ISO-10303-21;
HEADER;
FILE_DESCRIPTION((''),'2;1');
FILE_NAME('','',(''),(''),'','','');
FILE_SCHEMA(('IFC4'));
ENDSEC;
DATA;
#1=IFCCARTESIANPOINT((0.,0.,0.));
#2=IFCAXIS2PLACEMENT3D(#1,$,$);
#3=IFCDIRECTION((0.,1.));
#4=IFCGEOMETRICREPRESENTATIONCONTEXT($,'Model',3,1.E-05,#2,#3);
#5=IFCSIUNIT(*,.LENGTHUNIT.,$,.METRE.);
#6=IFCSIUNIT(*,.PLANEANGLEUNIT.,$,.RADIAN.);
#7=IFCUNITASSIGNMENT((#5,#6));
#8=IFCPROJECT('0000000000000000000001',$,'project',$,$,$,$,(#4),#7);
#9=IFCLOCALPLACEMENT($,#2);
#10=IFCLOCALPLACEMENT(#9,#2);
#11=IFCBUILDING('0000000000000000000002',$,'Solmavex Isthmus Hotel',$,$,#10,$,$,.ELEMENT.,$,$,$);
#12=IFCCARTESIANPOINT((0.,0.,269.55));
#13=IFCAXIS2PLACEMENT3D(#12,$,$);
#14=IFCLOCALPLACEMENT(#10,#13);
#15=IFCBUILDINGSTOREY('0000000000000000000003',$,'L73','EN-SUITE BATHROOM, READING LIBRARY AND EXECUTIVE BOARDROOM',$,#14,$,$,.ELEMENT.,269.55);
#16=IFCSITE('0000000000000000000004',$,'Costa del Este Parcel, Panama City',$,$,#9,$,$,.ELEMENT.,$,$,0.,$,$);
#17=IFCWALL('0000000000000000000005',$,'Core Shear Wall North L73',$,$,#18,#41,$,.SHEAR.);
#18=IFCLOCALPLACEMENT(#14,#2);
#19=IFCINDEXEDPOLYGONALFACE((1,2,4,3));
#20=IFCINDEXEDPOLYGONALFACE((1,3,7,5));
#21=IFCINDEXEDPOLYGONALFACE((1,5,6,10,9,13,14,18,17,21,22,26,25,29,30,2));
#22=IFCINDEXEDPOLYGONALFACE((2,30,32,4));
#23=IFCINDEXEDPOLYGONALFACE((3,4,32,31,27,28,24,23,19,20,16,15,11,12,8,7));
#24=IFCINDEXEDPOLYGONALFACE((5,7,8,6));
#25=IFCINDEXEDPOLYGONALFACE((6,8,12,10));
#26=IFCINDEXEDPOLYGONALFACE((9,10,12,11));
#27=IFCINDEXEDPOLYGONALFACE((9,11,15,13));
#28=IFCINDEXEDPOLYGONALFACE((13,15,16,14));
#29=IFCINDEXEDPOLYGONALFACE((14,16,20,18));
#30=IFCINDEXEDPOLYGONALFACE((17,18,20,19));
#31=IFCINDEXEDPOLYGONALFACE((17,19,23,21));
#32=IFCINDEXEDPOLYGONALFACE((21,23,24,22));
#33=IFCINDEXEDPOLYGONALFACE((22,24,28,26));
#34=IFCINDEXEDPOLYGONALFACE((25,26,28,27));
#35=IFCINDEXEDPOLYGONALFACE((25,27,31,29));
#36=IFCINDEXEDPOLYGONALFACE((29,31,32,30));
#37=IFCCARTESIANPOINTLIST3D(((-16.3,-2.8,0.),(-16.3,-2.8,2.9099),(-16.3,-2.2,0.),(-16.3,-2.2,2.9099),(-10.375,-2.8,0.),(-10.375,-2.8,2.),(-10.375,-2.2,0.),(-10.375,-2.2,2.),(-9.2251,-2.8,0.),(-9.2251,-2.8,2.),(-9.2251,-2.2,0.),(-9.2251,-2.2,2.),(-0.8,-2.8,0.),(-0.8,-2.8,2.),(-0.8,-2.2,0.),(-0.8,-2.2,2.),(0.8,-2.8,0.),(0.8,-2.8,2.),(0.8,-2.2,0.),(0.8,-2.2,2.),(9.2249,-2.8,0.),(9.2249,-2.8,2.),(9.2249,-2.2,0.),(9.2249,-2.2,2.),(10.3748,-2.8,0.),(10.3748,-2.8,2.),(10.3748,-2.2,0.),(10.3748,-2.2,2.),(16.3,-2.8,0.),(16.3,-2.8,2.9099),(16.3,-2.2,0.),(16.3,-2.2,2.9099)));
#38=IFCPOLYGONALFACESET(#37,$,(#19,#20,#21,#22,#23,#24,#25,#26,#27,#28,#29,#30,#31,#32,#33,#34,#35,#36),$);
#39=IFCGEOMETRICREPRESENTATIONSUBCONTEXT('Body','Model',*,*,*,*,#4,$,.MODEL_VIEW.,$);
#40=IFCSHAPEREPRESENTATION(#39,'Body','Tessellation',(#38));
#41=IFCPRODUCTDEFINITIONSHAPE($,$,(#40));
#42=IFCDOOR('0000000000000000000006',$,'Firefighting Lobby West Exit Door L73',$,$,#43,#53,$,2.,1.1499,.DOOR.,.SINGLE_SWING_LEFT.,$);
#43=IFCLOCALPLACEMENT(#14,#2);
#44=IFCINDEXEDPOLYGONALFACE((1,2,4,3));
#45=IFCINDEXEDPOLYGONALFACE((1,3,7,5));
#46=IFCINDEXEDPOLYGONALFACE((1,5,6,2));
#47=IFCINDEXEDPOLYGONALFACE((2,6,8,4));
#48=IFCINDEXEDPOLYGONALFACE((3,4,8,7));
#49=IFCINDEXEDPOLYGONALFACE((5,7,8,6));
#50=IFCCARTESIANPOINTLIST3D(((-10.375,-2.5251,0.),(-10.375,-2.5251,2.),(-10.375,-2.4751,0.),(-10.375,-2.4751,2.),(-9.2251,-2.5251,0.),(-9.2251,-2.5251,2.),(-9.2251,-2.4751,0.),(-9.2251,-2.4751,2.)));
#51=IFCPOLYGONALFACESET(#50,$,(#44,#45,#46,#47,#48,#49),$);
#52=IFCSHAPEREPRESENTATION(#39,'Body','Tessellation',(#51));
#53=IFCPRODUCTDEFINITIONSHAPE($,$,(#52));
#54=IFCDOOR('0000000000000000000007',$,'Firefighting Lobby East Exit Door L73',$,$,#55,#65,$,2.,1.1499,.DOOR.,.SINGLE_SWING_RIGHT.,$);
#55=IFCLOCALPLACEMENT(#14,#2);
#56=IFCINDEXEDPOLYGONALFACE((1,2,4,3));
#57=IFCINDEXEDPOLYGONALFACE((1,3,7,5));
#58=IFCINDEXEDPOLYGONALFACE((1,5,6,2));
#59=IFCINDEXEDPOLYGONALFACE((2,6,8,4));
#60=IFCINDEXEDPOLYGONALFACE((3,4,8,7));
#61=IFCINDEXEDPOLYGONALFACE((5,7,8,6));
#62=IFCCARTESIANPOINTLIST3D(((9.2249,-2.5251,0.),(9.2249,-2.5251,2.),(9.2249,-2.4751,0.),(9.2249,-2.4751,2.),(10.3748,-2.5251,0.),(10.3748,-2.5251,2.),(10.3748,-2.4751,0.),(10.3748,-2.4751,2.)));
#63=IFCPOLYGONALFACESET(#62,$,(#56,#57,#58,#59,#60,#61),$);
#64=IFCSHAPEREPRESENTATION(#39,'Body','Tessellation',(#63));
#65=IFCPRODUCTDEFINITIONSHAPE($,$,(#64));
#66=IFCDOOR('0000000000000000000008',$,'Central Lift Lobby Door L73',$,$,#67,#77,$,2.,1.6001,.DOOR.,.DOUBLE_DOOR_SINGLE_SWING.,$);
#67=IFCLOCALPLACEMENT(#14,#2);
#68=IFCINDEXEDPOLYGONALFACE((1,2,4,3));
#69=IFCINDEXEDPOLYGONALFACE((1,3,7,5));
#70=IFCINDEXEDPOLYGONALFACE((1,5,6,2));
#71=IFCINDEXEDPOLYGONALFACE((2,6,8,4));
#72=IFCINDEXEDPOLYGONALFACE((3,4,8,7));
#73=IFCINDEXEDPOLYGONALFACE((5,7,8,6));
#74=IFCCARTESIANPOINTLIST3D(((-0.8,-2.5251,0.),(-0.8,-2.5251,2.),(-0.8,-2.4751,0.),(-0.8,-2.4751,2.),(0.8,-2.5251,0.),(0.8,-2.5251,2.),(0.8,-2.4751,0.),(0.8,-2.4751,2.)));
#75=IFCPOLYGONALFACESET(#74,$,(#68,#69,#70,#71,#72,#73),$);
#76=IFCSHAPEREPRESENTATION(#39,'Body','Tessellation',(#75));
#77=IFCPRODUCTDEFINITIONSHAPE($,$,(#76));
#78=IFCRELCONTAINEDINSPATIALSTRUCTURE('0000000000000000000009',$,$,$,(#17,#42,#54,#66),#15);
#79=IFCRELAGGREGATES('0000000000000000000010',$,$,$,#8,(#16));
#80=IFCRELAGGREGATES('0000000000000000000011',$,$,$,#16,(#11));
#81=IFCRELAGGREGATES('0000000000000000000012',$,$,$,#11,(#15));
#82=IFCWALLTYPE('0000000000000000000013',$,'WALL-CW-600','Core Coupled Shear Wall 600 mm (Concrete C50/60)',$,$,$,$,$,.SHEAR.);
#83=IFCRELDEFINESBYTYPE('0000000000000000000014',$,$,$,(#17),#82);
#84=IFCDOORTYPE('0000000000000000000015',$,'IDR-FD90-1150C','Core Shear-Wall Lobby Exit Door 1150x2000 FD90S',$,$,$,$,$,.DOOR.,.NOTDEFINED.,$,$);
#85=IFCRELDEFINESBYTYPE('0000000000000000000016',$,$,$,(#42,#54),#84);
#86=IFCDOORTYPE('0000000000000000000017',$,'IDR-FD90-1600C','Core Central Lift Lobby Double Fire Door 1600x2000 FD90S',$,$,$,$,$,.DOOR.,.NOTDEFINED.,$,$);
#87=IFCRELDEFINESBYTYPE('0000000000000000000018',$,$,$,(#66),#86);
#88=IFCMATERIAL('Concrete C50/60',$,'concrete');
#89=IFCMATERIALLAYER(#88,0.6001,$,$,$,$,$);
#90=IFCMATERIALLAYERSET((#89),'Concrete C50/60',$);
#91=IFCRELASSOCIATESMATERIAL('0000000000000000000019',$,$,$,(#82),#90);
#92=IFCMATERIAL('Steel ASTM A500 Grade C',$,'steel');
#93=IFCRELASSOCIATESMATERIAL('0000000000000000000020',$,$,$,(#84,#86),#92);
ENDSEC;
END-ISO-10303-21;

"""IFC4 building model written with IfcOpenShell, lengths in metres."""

from ifc_helpers import new_model, si_unit, direction, frame, frame_2d, origin, place, context, subcontext, project, spatial, rectangle, extrude, material, layer, layer_set, type_object, element, fill, save


model = new_model("IFC4")

# Units and contexts
model_context = context("Model", 3, precision=1e-05, world=origin(), true_north=direction((0.0, 1.0)))
body_context = subcontext(model_context, "Body", "Model", "MODEL_VIEW")
ifc_project = project(units=[si_unit("LENGTHUNIT", "METRE"), si_unit("PLANEANGLEUNIT", "RADIAN")], contexts=[model_context])

# Site, building, storey
site_placement = place(None, origin())
site = spatial("IfcSite", under=ifc_project, at=site_placement, Name="Costa del Este Parcel, Panama City", CompositionType="ELEMENT", RefElevation=0.0)
building_placement = place(site_placement, origin())
building = spatial("IfcBuilding", under=site, at=building_placement, Name="Solmavex Isthmus Hotel", CompositionType="ELEMENT")
storey_placement = place(building_placement, frame((0.0, 0.0, 269.55)))
storey = spatial("IfcBuildingStorey", under=building, at=storey_placement, Name="L73", Description="EN-SUITE BATHROOM, READING LIBRARY AND EXECUTIVE BOARDROOM", CompositionType="ELEMENT", Elevation=269.55)

# Shared definitions
ifc_material_1 = material(Name="Steel ASTM A500 Grade C", Category="steel")

# Wall, openings, doors
ifc_material_2 = material(Name="Concrete C50/60", Category="concrete")
ifc_layer_1 = layer(ifc_material_2, 0.6001)
ifc_layer_set_1 = layer_set([ifc_layer_1], Name="Concrete C50/60")
wall_type_1 = type_object("IfcWallType", Name="WALL-CW-600", Description="Core Coupled Shear Wall 600 mm (Concrete C50/60)", PredefinedType="SHEAR", material=ifc_layer_set_1)
wall_1_placement = place(storey_placement, frame((-16.3, -2.5, 0.0), z_axis=(0.0, 0.0, 1.0), x_axis=(1.0, 0.0, 0.0)))
wall_1 = element("IfcWall", 1, at=wall_1_placement, inside=storey, type_object=wall_type_1, Name="Core Shear Wall North L73", PredefinedType="SHEAR", context=body_context, shape_type="SweptSolid", body=[
    extrude(rectangle(XDim=32.6001, YDim=0.6001, at=frame_2d((16.3, 0.0))), origin(), (0.0, 0.0, 1.0), 2.9099),
])
opening_1_placement = place(wall_1_placement, frame((5.925, 0.0, 0.0)))
opening_1 = element("IfcOpeningElement", 2, at=opening_1_placement, cuts=wall_1, PredefinedType="OPENING", context=body_context, shape_type="SweptSolid", body=[
    extrude(rectangle(XDim=1.1499, YDim=2.0, at=frame_2d((0.575, 1.0))), frame((0.0, 0.3101, 0.0), z_axis=(0.0, -1.0, 0.0), x_axis=(1.0, 0.0, 0.0)), (0.0, 0.0, 1.0), 0.6201),
])
opening_2_placement = place(wall_1_placement, frame((15.5, 0.0, 0.0)))
opening_2 = element("IfcOpeningElement", 3, at=opening_2_placement, cuts=wall_1, PredefinedType="OPENING", context=body_context, shape_type="SweptSolid", body=[
    extrude(rectangle(XDim=1.6001, YDim=2.0, at=frame_2d((0.8, 1.0))), frame((0.0, 0.3101, 0.0), z_axis=(0.0, -1.0, 0.0), x_axis=(1.0, 0.0, 0.0)), (0.0, 0.0, 1.0), 0.6201),
])
opening_3_placement = place(wall_1_placement, frame((25.5249, 0.0, 0.0)))
opening_3 = element("IfcOpeningElement", 4, at=opening_3_placement, cuts=wall_1, PredefinedType="OPENING", context=body_context, shape_type="SweptSolid", body=[
    extrude(rectangle(XDim=1.1499, YDim=2.0, at=frame_2d((0.575, 1.0))), frame((0.0, 0.3101, 0.0), z_axis=(0.0, -1.0, 0.0), x_axis=(1.0, 0.0, 0.0)), (0.0, 0.0, 1.0), 0.6201),
])
door_type_1 = type_object("IfcDoorType", Name="IDR-FD90-1150C", Description="Core Shear-Wall Lobby Exit Door 1150x2000 FD90S", OperationType="NOTDEFINED", PredefinedType="DOOR", material=ifc_material_1)
door_1_placement = place(opening_1_placement, origin())
door_1 = element("IfcDoor", 5, at=door_1_placement, inside=storey, type_object=door_type_1, Name="Firefighting Lobby West Exit Door L73", OperationType="SINGLE_SWING_LEFT", OverallHeight=2.0, OverallWidth=1.1499, PredefinedType="DOOR", context=body_context, shape_type="SweptSolid", body=[
    extrude(rectangle(XDim=1.1499, YDim=2.0, at=frame_2d((0.575, 1.0))), frame((0.0, 0.0249, 0.0), z_axis=(0.0, -1.0, 0.0), x_axis=(1.0, 0.0, 0.0)), (0.0, 0.0, 1.0), 0.05),
])
fill(opening_1, door_1)
door_2_placement = place(opening_3_placement, origin())
door_2 = element("IfcDoor", 6, at=door_2_placement, inside=storey, type_object=door_type_1, Name="Firefighting Lobby East Exit Door L73", OperationType="SINGLE_SWING_RIGHT", OverallHeight=2.0, OverallWidth=1.1499, PredefinedType="DOOR", context=body_context, shape_type="SweptSolid", body=[
    extrude(rectangle(XDim=1.1499, YDim=2.0, at=frame_2d((0.575, 1.0))), frame((0.0, 0.0249, 0.0), z_axis=(0.0, -1.0, 0.0), x_axis=(1.0, 0.0, 0.0)), (0.0, 0.0, 1.0), 0.05),
])
fill(opening_3, door_2)
door_type_2 = type_object("IfcDoorType", Name="IDR-FD90-1600C", Description="Core Central Lift Lobby Double Fire Door 1600x2000 FD90S", OperationType="NOTDEFINED", PredefinedType="DOOR", material=ifc_material_1)
door_3_placement = place(opening_2_placement, origin())
door_3 = element("IfcDoor", 7, at=door_3_placement, inside=storey, type_object=door_type_2, Name="Central Lift Lobby Door L73", OperationType="DOUBLE_DOOR_SINGLE_SWING", OverallHeight=2.0, OverallWidth=1.6001, PredefinedType="DOOR", context=body_context, shape_type="SweptSolid", body=[
    extrude(rectangle(XDim=1.6001, YDim=2.0, at=frame_2d((0.8, 1.0))), frame((0.0, 0.0249, 0.0), z_axis=(0.0, -1.0, 0.0), x_axis=(1.0, 0.0, 0.0)), (0.0, 0.0, 1.0), 0.05),
])
fill(opening_2, door_3)

save(model, "model.ifc")
